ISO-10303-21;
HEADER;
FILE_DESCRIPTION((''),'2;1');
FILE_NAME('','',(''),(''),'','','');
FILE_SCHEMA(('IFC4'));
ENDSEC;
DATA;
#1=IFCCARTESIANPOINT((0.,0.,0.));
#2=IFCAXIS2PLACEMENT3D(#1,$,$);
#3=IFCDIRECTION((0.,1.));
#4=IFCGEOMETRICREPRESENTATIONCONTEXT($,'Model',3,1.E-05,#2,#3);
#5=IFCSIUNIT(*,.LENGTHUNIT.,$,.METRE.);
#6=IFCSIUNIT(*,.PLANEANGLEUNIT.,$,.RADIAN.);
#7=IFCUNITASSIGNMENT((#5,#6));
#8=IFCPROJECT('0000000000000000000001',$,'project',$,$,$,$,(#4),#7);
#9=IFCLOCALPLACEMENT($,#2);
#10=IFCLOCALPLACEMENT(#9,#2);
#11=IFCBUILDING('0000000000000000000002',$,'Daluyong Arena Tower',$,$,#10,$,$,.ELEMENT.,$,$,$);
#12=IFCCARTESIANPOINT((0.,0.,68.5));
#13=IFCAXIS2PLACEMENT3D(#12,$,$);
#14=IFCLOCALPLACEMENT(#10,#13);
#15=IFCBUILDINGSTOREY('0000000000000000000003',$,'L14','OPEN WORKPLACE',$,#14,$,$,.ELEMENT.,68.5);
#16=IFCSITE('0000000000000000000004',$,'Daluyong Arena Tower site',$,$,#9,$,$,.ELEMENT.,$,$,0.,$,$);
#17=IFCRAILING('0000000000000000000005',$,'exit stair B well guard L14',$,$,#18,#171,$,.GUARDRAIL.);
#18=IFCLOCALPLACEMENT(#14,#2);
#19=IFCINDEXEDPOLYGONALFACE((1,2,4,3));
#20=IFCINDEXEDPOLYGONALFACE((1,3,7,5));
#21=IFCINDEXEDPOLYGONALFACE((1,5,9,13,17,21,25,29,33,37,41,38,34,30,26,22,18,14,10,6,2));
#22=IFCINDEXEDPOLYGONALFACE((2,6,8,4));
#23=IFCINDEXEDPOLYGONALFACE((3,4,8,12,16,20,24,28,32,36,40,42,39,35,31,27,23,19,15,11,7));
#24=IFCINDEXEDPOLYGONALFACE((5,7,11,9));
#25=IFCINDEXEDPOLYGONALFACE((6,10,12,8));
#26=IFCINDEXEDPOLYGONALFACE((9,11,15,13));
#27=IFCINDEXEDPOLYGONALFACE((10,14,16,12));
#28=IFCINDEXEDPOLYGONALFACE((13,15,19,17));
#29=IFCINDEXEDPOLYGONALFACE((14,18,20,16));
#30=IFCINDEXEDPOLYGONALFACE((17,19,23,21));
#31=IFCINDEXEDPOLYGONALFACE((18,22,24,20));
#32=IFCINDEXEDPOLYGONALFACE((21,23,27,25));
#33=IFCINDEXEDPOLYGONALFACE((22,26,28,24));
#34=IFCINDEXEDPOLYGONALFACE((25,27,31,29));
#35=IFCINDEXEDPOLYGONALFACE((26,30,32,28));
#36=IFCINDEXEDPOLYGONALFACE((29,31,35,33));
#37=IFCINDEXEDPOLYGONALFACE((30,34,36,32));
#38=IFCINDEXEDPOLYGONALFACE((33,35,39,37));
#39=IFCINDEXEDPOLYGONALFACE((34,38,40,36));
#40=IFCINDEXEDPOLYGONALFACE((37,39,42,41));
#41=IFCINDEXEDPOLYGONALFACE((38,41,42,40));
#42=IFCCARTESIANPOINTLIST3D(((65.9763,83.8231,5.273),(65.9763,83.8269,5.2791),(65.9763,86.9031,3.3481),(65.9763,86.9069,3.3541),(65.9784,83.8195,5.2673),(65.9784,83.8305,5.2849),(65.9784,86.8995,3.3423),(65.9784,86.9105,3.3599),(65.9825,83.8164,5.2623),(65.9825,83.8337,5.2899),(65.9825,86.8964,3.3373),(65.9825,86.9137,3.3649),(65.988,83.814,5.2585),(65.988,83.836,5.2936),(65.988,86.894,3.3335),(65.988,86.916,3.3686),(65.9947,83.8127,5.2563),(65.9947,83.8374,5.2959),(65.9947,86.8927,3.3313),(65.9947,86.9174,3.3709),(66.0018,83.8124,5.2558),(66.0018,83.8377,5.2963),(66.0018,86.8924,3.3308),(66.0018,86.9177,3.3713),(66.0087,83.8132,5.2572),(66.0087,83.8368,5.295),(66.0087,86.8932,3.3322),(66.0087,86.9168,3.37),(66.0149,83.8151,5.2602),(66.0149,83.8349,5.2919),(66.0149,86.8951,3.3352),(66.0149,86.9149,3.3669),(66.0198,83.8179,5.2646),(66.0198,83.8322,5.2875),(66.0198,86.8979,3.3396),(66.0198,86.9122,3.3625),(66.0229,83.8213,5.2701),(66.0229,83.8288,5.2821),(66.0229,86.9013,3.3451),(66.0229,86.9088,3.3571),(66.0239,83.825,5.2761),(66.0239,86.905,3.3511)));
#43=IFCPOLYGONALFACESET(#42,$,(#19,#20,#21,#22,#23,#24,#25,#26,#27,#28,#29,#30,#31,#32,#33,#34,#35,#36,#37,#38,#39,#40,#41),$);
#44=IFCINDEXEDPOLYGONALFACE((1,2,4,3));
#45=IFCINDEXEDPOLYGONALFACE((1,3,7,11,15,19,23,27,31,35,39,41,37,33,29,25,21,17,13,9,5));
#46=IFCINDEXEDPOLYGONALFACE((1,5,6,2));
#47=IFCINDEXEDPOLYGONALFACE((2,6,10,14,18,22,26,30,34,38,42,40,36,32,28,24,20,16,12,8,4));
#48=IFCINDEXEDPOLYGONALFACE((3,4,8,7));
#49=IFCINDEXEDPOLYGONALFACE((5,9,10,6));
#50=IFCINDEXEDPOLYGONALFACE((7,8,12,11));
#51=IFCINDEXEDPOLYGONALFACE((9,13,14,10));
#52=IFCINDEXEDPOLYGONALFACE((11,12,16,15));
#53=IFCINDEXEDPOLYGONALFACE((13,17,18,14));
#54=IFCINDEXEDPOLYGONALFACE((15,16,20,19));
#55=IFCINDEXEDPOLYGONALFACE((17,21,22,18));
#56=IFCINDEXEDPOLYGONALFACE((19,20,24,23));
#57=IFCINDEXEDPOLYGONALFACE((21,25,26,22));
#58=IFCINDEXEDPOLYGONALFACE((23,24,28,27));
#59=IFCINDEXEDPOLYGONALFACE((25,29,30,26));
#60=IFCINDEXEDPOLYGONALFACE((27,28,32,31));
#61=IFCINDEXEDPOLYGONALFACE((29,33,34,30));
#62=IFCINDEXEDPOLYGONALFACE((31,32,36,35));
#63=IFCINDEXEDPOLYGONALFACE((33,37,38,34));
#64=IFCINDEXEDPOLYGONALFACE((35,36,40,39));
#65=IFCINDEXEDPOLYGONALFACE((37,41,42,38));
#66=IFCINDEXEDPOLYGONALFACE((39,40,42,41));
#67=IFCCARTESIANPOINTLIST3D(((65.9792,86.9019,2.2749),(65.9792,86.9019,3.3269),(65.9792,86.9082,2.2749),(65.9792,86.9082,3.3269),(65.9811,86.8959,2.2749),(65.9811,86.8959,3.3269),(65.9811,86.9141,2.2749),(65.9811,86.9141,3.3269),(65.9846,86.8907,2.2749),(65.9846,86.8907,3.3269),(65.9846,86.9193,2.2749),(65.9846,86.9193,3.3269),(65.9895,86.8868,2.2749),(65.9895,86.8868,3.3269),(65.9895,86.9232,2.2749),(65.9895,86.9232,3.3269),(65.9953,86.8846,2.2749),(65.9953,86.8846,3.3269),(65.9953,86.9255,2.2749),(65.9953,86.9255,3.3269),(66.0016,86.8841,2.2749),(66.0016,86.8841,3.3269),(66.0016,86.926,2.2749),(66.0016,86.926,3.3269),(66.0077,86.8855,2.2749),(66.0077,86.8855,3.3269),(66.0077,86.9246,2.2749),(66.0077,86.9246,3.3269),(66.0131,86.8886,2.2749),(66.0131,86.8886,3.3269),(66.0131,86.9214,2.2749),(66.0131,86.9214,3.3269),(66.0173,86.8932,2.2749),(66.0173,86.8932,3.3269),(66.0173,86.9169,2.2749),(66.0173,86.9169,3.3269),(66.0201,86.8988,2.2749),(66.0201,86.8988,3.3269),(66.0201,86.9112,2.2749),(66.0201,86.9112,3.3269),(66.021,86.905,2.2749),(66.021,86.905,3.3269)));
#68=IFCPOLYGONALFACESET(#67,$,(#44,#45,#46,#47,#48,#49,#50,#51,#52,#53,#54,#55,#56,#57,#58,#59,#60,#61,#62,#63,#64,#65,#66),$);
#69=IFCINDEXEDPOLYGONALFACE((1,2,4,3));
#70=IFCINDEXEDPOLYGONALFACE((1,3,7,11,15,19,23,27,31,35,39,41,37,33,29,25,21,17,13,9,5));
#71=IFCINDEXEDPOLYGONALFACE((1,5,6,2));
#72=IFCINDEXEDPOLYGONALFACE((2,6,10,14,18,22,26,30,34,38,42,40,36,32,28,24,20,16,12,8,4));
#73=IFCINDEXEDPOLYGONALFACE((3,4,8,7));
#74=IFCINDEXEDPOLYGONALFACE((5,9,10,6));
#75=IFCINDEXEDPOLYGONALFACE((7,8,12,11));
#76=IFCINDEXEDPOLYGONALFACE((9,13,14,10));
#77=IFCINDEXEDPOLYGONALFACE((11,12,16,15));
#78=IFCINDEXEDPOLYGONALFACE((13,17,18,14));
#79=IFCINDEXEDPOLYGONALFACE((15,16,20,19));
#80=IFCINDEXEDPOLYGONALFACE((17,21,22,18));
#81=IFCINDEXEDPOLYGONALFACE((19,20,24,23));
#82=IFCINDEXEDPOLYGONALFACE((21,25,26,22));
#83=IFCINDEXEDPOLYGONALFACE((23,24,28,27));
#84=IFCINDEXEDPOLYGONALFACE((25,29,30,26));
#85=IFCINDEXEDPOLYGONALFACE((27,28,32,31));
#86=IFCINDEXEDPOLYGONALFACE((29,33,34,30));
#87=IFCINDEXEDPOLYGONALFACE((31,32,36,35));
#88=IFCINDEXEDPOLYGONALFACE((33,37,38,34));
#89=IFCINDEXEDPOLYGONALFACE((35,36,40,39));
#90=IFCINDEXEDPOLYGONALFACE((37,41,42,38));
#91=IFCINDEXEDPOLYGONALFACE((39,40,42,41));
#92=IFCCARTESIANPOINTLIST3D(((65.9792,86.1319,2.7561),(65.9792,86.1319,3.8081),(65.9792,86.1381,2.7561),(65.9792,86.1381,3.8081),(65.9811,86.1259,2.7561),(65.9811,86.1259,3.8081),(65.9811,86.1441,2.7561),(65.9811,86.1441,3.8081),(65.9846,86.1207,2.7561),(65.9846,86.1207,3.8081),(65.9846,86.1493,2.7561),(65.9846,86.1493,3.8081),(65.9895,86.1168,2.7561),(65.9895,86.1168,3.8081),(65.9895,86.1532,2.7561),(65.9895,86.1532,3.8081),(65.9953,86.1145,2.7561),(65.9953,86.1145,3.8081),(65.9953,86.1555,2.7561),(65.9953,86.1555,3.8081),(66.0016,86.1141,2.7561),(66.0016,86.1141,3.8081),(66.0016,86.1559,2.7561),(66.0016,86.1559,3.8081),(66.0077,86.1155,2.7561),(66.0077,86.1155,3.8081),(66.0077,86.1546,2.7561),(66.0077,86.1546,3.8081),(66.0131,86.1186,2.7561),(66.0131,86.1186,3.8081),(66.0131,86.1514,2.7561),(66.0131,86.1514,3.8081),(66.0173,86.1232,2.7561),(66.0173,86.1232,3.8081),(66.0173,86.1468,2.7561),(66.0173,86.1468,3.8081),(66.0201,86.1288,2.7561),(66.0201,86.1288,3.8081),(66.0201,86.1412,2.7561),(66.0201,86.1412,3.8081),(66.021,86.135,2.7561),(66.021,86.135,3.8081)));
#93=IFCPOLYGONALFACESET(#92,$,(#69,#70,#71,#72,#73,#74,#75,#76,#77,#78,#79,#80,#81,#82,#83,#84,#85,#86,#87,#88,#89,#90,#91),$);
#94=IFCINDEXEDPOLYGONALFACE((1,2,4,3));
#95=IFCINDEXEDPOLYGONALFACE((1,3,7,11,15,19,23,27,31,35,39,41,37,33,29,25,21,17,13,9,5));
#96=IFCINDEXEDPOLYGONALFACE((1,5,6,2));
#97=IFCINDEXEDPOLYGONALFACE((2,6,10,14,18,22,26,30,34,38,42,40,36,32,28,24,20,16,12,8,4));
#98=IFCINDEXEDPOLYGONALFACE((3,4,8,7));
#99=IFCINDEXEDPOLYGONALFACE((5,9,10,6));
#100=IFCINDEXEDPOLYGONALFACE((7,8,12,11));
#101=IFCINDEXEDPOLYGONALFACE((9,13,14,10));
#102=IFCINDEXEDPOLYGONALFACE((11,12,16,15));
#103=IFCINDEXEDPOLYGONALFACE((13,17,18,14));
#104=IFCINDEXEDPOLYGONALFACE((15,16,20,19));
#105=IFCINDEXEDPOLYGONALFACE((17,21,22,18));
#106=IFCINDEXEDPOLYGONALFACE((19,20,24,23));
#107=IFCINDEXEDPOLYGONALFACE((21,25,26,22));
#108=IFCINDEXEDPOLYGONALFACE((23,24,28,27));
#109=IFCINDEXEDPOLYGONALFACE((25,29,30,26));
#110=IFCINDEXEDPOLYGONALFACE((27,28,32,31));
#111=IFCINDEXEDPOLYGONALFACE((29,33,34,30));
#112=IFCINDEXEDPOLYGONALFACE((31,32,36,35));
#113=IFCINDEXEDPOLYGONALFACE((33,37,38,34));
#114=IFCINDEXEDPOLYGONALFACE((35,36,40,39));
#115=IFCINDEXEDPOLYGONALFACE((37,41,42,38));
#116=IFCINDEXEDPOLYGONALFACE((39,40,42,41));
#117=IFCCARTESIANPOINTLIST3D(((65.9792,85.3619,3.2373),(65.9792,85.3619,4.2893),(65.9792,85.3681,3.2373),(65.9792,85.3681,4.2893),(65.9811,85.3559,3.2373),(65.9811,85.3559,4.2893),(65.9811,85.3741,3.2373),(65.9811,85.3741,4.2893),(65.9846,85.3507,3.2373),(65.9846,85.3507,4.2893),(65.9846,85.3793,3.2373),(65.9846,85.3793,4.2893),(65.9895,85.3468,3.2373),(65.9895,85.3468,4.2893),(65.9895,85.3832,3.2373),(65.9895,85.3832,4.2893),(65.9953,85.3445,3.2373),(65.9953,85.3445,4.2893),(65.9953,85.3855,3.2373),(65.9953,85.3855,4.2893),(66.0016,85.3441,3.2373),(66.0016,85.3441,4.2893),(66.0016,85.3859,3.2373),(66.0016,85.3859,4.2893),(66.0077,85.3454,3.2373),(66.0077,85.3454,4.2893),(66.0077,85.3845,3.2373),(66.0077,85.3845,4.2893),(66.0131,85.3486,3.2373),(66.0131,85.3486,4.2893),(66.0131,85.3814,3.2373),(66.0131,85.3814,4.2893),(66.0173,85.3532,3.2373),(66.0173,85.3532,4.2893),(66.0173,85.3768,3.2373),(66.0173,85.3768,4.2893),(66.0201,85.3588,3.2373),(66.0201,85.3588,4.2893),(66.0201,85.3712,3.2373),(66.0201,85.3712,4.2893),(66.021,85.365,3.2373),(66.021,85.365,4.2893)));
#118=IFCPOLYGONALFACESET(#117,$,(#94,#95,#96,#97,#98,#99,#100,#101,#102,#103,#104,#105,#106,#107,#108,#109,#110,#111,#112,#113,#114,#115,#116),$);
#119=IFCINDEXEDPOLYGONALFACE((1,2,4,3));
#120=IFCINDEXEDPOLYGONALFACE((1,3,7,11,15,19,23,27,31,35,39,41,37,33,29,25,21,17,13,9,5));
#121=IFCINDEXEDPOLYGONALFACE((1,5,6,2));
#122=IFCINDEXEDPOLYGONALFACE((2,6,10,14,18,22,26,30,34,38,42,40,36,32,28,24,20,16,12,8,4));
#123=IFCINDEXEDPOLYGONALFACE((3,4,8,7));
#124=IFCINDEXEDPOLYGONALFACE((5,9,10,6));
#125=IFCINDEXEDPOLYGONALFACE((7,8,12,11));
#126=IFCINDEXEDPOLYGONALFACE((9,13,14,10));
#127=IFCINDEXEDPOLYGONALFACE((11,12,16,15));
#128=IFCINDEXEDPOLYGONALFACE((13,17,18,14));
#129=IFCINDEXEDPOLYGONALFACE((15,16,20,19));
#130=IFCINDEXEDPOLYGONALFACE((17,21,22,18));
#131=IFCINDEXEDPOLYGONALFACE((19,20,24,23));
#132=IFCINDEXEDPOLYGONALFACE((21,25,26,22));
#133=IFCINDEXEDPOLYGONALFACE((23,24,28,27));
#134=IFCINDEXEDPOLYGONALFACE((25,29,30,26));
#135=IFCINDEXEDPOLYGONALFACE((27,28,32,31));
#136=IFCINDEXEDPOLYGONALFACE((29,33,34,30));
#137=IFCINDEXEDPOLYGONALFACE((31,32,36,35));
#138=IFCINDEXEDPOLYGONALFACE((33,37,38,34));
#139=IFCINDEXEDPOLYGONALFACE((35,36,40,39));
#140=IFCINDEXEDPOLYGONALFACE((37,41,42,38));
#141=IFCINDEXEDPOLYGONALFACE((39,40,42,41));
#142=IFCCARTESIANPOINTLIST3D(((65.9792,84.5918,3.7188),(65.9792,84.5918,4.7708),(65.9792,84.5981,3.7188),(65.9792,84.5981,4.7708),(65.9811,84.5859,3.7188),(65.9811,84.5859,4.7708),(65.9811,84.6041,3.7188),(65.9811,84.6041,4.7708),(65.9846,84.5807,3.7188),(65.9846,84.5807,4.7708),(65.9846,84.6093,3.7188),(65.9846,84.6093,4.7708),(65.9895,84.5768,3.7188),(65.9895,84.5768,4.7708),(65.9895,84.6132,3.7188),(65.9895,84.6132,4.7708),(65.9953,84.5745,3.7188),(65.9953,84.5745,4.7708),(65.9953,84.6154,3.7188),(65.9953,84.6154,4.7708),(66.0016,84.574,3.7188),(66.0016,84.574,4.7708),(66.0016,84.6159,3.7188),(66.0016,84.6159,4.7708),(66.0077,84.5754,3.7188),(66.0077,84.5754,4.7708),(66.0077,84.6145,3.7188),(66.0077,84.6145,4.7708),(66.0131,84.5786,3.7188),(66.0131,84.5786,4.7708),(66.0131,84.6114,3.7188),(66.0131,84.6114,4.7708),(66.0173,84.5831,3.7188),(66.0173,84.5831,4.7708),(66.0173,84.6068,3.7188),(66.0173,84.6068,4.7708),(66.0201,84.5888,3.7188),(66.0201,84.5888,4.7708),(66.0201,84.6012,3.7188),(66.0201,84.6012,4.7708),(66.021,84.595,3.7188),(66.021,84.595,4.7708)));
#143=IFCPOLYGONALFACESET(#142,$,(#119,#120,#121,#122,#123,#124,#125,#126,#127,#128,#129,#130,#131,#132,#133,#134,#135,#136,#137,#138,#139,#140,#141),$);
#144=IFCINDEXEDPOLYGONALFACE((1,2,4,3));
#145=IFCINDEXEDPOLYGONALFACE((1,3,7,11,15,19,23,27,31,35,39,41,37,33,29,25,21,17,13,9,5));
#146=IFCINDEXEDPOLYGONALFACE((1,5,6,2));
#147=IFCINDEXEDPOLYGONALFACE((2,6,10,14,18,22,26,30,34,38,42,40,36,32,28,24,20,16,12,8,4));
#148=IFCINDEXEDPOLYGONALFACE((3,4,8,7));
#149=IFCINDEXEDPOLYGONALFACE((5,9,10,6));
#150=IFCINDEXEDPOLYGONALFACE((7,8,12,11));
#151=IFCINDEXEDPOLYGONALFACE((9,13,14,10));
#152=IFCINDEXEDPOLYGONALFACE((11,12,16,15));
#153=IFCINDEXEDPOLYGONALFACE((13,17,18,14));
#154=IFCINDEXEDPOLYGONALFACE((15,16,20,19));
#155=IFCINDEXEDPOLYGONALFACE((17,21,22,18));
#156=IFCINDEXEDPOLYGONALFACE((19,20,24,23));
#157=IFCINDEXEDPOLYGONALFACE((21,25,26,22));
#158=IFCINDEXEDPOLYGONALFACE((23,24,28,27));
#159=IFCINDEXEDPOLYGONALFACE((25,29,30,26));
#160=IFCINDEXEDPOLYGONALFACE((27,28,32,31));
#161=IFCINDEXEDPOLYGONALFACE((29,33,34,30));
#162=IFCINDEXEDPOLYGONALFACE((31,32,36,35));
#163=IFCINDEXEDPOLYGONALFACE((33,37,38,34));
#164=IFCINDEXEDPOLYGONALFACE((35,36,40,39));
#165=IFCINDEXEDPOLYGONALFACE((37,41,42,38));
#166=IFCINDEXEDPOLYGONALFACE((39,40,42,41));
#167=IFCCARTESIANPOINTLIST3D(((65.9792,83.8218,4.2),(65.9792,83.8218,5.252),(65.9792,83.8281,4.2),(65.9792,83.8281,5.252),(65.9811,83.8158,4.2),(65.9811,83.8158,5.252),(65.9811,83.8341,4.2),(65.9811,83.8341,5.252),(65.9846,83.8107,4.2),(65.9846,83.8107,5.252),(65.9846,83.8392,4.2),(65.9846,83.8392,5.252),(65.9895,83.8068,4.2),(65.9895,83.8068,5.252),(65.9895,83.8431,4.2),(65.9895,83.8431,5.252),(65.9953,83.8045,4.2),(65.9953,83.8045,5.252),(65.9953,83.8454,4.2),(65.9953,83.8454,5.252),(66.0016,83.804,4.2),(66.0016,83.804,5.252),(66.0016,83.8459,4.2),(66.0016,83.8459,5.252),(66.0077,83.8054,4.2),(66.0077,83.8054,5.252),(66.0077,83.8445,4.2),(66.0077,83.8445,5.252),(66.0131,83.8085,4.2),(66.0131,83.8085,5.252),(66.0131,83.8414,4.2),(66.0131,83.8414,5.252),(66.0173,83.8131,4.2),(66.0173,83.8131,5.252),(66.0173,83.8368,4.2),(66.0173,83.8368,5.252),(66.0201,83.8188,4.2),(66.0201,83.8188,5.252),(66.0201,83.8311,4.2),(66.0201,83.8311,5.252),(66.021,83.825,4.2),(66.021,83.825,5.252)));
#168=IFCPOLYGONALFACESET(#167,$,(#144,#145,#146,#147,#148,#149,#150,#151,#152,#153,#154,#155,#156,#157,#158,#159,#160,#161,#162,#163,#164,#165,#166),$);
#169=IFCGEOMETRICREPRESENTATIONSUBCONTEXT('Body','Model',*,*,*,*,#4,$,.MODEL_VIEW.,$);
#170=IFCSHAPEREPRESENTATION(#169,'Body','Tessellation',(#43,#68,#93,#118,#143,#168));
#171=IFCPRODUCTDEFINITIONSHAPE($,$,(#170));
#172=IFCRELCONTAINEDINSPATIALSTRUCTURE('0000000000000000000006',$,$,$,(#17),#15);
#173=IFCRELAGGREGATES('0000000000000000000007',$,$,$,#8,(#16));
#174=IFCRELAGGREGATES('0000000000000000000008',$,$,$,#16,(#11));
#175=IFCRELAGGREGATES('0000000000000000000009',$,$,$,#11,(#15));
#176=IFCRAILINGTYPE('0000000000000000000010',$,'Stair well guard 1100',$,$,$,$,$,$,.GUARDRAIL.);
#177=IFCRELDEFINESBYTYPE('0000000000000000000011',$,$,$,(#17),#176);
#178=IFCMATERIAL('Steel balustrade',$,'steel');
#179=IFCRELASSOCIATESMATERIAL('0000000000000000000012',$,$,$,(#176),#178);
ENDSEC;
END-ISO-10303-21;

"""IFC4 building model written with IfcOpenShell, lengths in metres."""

from ifc_helpers import new_model, si_unit, direction, frame, origin, origin_2d, place, context, subcontext, project, spatial, circle, extrude, material, type_object, element, save


model = new_model("IFC4")

# Units and contexts
model_context = context("Model", 3, precision=1e-05, world=origin(), true_north=direction((0.0, 1.0)))
body_context = subcontext(model_context, "Body", "Model", "MODEL_VIEW")
ifc_project = project(units=[si_unit("LENGTHUNIT", "METRE"), si_unit("PLANEANGLEUNIT", "RADIAN")], contexts=[model_context])

# Site, building, storey
site_placement = place(None, origin())
site = spatial("IfcSite", under=ifc_project, at=site_placement, Name="Daluyong Arena Tower site", CompositionType="ELEMENT", RefElevation=0.0)
building_placement = place(site_placement, origin())
building = spatial("IfcBuilding", under=site, at=building_placement, Name="Daluyong Arena Tower", CompositionType="ELEMENT")
storey_placement = place(building_placement, frame((0.0, 0.0, 68.5)))
storey = spatial("IfcBuildingStorey", under=building, at=storey_placement, Name="L14", Description="OPEN WORKPLACE", CompositionType="ELEMENT", Elevation=68.5)

# Railing
ifc_material_1 = material(Name="Steel balustrade", Category="steel")
railing_type_1 = type_object("IfcRailingType", Name="Stair well guard 1100", PredefinedType="GUARDRAIL", material=ifc_material_1)
railing_1_placement = place(storey_placement, frame((66.0, 86.905, 2.2749)))
element("IfcRailing", 1, at=railing_1_placement, inside=storey, type_object=railing_type_1, Name="exit stair B well guard L14", PredefinedType="GUARDRAIL", context=body_context, shape_type="SweptSolid", body=[
    extrude(circle(Radius=0.0239, at=origin_2d()), frame((0.0, 0.0, 1.0762), z_axis=(0.0, -0.847998, 0.529999), x_axis=(1.0, 0.0, 0.0)), (0.0, 0.0, 1.0), 3.6321),
    extrude(circle(Radius=0.021, at=origin_2d()), origin(), (0.0, 0.0, 1.0), 1.052),
    extrude(circle(Radius=0.021, at=origin_2d()), frame((0.0, -0.77, 0.4812)), (0.0, 0.0, 1.0), 1.052),
    extrude(circle(Radius=0.021, at=origin_2d()), frame((0.0, -1.54, 0.9624)), (0.0, 0.0, 1.0), 1.052),
    extrude(circle(Radius=0.021, at=origin_2d()), frame((0.0, -2.3101, 1.4438)), (0.0, 0.0, 1.0), 1.052),
    extrude(circle(Radius=0.021, at=origin_2d()), frame((0.0, -3.0801, 1.925)), (0.0, 0.0, 1.0), 1.052),
])

save(model, "model.ifc")
